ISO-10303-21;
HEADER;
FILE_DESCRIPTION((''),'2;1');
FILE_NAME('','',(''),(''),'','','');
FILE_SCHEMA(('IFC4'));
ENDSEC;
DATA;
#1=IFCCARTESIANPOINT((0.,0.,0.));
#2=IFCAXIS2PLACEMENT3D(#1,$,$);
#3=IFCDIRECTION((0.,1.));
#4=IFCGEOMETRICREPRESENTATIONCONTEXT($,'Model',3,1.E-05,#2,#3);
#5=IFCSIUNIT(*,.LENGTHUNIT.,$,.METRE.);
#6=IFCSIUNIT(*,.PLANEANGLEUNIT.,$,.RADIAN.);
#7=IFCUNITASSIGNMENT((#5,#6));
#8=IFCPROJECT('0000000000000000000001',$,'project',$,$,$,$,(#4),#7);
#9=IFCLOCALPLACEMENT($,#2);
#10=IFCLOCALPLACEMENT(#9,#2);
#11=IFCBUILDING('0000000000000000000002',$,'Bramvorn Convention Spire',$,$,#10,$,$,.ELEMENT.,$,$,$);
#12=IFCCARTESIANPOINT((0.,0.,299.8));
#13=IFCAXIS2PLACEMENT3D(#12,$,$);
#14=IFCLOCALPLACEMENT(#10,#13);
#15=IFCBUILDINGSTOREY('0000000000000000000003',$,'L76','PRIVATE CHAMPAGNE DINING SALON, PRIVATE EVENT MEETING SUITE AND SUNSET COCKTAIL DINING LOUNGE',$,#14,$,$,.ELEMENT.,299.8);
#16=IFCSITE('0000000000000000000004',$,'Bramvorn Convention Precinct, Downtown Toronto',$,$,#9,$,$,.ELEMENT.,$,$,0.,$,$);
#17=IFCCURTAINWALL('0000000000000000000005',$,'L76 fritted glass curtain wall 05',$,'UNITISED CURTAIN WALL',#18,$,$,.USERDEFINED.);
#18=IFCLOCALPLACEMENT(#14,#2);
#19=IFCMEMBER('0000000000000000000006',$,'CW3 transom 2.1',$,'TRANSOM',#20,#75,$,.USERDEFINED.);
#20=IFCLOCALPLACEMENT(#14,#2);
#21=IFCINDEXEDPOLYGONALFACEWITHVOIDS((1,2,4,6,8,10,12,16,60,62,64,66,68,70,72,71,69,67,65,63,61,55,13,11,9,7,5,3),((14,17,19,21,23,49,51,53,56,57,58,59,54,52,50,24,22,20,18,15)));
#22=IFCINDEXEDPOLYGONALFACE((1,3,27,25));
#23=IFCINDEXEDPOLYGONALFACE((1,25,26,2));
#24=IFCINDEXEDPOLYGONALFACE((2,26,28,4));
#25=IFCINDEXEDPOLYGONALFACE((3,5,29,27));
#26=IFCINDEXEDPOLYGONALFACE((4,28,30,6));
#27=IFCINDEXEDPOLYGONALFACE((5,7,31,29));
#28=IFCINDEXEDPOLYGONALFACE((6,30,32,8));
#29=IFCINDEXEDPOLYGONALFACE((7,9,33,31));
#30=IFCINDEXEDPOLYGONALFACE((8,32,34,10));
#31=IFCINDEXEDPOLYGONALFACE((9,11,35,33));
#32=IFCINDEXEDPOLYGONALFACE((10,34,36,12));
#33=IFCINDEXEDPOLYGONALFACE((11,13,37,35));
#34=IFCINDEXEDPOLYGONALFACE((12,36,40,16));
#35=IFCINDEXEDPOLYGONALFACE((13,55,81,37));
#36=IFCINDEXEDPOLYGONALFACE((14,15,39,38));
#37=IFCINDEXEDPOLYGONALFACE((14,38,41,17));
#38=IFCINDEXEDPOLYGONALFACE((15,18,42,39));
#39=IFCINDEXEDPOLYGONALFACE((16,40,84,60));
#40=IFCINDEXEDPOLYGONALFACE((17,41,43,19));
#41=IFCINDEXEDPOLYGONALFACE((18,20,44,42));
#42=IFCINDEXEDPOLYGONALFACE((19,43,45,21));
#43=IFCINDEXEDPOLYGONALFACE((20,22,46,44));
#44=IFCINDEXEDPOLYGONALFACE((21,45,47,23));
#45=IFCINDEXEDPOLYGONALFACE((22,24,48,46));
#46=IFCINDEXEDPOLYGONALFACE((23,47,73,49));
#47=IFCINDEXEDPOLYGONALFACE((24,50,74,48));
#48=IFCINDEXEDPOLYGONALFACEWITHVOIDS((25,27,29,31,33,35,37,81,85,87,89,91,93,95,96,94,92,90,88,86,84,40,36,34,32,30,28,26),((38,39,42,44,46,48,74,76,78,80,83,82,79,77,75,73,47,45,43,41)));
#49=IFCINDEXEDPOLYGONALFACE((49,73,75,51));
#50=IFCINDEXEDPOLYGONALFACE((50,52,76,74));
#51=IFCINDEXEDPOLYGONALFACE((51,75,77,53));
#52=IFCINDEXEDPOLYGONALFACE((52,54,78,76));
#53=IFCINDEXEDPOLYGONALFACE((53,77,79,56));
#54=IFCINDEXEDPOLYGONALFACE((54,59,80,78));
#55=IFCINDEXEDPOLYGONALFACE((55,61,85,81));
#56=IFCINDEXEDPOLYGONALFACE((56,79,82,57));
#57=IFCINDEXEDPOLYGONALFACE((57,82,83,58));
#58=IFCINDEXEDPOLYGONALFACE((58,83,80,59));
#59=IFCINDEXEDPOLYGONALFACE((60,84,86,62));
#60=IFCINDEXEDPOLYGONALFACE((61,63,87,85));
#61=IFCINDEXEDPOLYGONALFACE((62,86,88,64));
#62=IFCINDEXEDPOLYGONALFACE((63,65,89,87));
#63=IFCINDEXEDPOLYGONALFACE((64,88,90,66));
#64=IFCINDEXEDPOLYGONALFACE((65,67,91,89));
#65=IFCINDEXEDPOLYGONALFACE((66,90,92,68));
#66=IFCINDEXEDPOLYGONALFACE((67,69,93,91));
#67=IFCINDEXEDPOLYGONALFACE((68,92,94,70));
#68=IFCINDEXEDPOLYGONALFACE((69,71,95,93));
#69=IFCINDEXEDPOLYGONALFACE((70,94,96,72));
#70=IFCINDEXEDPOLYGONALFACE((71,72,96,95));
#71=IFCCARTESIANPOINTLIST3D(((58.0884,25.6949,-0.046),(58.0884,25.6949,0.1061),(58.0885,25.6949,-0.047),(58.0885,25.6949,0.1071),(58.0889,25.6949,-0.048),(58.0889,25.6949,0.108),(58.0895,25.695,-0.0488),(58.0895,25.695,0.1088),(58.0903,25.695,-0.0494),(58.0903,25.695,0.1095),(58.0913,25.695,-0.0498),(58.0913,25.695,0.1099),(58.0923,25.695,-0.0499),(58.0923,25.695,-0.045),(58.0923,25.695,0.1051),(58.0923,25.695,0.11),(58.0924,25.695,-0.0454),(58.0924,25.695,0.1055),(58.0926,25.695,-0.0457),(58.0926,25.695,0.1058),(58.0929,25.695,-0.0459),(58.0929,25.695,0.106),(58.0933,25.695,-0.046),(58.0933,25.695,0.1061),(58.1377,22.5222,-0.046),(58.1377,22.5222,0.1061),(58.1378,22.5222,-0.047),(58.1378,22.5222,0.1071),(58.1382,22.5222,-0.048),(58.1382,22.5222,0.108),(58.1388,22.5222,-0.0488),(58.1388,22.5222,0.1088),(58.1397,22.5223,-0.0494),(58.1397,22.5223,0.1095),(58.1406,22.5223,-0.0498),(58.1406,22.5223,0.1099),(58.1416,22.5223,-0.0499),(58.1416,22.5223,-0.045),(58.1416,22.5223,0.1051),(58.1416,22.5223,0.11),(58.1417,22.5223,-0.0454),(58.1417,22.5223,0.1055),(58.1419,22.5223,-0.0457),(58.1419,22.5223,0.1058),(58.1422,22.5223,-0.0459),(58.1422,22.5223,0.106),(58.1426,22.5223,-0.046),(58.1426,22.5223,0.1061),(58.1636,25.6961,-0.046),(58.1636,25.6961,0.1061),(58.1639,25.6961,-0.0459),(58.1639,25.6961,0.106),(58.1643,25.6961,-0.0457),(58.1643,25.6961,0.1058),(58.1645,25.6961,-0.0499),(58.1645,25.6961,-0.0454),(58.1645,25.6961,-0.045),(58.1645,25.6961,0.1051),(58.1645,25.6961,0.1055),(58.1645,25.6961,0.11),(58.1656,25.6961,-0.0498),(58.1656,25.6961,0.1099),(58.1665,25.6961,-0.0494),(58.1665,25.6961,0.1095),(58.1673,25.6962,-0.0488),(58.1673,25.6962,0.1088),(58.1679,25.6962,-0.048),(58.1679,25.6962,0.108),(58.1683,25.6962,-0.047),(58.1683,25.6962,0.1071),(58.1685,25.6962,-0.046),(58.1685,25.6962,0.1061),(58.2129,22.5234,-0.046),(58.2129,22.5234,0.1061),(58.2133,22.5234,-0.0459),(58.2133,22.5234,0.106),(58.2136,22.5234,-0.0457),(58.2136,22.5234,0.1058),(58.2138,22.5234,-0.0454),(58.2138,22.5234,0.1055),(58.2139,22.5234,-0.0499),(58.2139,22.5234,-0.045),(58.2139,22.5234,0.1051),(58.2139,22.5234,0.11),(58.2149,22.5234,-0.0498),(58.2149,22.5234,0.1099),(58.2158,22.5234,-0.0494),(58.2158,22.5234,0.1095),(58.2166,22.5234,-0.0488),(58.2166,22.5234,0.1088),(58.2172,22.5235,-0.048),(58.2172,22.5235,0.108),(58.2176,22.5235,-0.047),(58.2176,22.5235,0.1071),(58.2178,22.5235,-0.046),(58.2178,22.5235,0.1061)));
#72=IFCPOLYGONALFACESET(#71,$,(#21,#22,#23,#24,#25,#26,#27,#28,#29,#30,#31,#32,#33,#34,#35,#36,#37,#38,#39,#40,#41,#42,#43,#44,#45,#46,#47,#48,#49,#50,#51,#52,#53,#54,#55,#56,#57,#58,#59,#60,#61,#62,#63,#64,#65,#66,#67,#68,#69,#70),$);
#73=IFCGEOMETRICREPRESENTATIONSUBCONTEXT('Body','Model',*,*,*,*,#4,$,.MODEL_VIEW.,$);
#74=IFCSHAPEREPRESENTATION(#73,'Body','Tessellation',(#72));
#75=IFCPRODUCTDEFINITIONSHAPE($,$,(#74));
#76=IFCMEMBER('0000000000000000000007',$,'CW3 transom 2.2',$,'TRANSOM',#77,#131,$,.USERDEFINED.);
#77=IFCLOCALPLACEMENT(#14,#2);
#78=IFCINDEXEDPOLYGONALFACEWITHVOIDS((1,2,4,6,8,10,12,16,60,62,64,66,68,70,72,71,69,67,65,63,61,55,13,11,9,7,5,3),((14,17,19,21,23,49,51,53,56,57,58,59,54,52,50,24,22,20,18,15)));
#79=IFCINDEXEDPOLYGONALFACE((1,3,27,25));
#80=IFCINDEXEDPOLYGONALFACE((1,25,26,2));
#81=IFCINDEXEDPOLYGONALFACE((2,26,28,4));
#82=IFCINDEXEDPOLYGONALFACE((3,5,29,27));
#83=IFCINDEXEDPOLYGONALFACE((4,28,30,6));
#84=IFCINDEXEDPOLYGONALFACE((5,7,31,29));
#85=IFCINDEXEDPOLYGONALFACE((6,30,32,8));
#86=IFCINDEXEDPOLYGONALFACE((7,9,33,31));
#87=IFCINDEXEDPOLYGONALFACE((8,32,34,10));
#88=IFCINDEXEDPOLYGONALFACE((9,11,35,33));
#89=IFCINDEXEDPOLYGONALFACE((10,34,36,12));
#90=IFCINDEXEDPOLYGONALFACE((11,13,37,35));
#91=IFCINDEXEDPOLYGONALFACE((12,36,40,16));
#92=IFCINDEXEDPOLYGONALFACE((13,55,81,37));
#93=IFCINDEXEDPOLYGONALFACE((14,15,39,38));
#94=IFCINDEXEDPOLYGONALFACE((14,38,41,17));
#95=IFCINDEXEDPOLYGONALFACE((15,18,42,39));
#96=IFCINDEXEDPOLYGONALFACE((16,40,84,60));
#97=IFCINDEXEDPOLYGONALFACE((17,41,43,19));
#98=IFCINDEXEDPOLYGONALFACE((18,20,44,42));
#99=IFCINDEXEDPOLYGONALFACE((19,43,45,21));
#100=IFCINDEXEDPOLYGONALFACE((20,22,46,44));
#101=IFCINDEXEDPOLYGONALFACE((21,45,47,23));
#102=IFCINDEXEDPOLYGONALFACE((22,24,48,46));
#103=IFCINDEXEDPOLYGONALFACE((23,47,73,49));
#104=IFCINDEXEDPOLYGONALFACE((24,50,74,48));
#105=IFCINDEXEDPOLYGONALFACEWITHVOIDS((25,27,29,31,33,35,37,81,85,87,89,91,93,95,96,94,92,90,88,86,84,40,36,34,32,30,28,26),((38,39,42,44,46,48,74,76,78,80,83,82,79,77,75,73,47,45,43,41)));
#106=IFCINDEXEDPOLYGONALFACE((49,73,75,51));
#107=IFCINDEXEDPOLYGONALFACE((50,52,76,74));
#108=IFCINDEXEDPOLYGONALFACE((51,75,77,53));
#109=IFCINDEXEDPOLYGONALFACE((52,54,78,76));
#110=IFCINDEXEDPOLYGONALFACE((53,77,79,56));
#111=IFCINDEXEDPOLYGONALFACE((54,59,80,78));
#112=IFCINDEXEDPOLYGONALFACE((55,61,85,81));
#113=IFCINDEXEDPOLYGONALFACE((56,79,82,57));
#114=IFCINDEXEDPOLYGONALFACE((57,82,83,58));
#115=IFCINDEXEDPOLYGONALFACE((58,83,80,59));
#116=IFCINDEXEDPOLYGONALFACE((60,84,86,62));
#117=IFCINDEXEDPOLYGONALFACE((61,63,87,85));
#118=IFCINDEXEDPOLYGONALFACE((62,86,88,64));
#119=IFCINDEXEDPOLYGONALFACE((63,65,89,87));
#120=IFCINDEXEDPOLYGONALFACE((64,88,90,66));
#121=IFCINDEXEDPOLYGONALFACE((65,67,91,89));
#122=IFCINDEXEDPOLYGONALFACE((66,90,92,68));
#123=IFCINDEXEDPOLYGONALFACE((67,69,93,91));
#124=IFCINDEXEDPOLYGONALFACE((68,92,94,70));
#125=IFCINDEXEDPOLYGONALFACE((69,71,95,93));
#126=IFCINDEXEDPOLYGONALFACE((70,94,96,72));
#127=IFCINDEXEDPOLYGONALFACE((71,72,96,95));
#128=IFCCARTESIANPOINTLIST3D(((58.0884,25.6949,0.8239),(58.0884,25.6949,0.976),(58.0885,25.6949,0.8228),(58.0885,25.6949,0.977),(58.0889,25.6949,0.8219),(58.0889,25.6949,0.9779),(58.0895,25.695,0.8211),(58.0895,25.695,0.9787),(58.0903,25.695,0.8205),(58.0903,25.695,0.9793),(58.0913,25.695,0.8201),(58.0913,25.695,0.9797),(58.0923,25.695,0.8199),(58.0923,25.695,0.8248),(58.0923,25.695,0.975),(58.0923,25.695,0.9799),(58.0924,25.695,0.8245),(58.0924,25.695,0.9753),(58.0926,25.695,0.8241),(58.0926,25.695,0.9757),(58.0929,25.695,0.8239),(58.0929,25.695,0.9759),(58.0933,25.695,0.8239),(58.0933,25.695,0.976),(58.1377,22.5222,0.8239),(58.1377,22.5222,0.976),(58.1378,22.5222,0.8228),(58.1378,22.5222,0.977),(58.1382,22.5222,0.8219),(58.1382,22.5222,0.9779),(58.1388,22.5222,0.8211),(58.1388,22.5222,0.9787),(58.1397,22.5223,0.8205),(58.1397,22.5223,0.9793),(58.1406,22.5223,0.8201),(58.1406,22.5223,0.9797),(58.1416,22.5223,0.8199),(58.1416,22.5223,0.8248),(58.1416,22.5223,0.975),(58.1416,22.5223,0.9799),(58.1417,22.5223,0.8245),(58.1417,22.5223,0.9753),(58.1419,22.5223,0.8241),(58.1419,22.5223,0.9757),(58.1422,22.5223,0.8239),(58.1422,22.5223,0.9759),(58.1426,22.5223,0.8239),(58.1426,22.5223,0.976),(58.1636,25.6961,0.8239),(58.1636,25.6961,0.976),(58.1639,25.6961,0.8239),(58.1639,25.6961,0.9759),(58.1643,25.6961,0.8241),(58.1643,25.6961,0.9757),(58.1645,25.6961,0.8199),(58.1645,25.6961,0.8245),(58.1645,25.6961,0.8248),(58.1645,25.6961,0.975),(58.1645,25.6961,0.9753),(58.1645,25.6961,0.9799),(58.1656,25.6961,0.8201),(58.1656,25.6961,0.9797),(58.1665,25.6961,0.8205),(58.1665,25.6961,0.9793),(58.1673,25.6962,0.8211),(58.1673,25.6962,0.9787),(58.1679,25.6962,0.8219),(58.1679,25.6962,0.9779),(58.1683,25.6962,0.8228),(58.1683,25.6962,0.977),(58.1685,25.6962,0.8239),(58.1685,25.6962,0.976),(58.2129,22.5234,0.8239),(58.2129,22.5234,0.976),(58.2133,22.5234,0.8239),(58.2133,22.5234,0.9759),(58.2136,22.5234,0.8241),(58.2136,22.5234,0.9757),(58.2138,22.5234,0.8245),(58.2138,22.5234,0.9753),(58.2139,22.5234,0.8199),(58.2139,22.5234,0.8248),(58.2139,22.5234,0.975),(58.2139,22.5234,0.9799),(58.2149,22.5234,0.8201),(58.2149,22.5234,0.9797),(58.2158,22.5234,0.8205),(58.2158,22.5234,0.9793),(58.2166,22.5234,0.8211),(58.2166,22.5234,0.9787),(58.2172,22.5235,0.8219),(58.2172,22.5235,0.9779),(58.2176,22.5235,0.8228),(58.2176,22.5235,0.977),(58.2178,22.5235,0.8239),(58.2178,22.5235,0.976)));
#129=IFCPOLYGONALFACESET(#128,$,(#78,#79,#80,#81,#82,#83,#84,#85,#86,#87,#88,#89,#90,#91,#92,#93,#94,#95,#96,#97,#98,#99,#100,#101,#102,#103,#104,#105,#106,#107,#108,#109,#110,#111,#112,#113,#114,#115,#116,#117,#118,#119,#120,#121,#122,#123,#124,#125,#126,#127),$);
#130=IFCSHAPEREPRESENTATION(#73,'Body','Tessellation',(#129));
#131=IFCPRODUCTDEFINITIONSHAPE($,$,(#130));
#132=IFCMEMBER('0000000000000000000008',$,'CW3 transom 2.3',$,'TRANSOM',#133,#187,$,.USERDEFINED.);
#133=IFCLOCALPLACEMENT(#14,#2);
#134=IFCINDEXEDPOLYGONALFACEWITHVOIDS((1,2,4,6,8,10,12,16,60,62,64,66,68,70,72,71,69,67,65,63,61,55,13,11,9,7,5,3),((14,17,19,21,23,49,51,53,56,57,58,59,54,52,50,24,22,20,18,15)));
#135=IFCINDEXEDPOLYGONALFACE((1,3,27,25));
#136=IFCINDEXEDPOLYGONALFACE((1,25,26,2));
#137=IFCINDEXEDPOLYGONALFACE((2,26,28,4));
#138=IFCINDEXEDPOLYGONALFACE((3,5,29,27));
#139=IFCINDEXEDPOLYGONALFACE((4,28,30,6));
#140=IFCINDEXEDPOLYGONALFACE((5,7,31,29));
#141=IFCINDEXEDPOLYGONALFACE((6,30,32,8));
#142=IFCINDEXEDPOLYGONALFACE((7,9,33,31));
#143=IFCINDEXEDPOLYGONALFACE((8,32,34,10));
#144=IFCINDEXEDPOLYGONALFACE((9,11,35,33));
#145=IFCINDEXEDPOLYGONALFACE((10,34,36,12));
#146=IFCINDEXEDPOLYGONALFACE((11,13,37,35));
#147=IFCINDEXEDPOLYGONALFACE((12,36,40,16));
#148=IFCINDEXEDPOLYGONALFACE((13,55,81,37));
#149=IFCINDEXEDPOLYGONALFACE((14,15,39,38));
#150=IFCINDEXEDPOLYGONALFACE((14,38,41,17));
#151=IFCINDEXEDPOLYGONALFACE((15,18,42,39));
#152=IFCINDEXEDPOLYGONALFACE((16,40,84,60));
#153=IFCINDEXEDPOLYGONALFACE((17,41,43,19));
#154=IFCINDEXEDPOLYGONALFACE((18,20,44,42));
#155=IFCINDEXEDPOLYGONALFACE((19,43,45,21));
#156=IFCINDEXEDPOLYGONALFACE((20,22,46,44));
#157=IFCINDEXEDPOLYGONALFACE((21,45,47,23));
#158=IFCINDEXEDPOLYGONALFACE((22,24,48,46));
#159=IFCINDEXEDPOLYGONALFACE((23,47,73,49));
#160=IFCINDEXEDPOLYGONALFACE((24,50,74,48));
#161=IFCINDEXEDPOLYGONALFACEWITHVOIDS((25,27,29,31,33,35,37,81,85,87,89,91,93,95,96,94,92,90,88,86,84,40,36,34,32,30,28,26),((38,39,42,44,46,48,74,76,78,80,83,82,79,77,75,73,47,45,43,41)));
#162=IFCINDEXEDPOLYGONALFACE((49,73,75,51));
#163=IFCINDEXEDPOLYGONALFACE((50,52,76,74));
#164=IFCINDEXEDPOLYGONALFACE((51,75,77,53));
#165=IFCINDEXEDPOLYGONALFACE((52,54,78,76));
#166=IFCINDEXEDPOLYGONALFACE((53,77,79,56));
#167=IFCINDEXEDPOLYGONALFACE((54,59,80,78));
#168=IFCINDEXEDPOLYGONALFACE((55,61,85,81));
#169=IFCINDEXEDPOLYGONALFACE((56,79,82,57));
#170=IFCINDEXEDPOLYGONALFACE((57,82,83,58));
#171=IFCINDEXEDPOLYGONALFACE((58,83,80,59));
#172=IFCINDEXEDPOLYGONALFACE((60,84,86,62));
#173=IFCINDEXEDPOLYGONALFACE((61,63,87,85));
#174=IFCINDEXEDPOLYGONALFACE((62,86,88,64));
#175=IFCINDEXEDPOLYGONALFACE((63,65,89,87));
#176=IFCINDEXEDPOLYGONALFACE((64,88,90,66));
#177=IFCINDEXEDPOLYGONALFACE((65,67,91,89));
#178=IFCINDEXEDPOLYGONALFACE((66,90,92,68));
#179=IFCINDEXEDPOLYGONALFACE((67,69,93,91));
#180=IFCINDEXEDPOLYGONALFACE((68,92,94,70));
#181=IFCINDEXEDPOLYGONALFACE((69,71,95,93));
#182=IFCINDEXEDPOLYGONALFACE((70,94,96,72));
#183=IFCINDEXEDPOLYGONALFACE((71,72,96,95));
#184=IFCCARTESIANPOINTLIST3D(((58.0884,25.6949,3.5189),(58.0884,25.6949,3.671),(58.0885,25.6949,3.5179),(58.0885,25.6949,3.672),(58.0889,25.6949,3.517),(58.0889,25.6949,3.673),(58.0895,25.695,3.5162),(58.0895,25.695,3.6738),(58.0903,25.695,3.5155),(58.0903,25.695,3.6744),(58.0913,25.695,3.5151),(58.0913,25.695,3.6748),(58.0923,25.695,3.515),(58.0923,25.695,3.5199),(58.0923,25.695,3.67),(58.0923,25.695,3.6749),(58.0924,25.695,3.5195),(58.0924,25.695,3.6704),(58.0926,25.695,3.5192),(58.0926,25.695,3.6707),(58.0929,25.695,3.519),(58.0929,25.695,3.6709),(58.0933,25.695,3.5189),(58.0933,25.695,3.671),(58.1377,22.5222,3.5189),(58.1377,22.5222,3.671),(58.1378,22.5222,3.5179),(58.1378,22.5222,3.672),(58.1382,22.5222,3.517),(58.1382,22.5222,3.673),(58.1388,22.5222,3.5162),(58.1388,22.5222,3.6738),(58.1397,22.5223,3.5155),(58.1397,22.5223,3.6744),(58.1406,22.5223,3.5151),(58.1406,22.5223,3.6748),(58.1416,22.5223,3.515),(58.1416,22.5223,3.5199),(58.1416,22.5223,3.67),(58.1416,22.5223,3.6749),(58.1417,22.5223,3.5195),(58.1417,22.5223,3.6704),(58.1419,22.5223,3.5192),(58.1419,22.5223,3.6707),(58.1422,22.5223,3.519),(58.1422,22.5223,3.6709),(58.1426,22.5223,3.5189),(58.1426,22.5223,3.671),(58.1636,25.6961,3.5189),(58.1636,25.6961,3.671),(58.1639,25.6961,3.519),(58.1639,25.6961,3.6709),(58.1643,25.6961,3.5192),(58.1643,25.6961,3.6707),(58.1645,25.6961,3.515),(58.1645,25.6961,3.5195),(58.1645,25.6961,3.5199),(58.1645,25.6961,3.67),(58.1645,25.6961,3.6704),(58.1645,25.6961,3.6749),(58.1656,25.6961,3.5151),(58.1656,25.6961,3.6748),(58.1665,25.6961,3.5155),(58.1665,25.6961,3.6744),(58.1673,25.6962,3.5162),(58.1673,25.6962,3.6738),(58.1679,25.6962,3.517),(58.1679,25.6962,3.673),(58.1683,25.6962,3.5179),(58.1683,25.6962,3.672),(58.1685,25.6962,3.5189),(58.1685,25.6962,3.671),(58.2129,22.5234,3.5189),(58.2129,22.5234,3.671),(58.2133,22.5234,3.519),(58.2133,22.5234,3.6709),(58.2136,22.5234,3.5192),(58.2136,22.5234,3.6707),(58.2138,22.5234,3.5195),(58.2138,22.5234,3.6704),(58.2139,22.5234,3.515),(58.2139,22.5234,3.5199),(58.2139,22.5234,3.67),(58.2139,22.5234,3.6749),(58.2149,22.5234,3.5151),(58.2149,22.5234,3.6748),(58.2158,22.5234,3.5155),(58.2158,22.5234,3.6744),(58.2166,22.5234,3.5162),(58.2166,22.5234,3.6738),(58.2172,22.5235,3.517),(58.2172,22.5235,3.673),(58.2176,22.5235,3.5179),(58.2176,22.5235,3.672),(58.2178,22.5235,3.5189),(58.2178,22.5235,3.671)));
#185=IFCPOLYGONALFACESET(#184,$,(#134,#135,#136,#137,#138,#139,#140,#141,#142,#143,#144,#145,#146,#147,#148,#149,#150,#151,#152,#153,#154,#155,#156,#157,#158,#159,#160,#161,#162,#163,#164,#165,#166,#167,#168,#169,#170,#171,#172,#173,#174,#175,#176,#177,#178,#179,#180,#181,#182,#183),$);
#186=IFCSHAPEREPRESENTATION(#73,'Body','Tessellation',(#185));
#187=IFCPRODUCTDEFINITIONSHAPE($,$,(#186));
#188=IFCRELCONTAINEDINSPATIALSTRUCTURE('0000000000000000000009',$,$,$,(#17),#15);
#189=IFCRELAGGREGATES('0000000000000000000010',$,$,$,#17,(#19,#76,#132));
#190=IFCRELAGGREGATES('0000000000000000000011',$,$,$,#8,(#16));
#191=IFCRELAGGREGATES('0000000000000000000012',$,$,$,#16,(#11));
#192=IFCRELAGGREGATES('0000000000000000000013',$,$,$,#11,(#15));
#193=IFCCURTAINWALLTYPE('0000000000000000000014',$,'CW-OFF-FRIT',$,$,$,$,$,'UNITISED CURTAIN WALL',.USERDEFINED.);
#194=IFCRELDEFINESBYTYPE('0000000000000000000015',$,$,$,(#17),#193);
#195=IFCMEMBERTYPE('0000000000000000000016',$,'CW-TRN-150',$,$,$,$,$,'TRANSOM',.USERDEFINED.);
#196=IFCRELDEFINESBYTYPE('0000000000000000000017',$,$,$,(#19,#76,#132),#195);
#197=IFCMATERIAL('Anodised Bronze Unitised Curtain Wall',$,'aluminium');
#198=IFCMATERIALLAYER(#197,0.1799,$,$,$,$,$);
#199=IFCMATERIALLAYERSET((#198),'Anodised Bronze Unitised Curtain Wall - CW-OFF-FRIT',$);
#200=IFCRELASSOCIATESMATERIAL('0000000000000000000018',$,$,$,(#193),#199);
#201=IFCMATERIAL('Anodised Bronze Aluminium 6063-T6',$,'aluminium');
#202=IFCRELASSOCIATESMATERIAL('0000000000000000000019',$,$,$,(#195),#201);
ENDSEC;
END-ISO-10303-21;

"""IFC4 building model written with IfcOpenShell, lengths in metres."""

from ifc_helpers import new_model, si_unit, direction, frame, origin, origin_2d, place, context, subcontext, project, spatial, hollow_rectangle, extrude, material, layer, layer_set, material_profile, profile_set, type_object, element, aggregate, save


model = new_model("IFC4")

# Units and contexts
model_context = context("Model", 3, precision=1e-05, world=origin(), true_north=direction((0.0, 1.0)))
body_context = subcontext(model_context, "Body", "Model", "MODEL_VIEW")
ifc_project = project(units=[si_unit("LENGTHUNIT", "METRE"), si_unit("PLANEANGLEUNIT", "RADIAN")], contexts=[model_context])

# Site, building, storey
site_placement = place(None, origin())
site = spatial("IfcSite", under=ifc_project, at=site_placement, Name="Bramvorn Convention Precinct, Downtown Toronto", CompositionType="ELEMENT", RefElevation=0.0)
building_placement = place(site_placement, origin())
building = spatial("IfcBuilding", under=site, at=building_placement, Name="Bramvorn Convention Spire", CompositionType="ELEMENT")
storey_placement = place(building_placement, frame((0.0, 0.0, 299.8)))
storey = spatial("IfcBuildingStorey", under=building, at=storey_placement, Name="L76", Description="PRIVATE CHAMPAGNE DINING SALON, PRIVATE EVENT MEETING SUITE AND SUNSET COCKTAIL DINING LOUNGE", CompositionType="ELEMENT", Elevation=299.8)

# Curtain wall
ifc_material_1 = material(Name="Anodised Bronze Unitised Curtain Wall", Category="aluminium")
ifc_layer_1 = layer(ifc_material_1, 0.1799)
ifc_layer_set_1 = layer_set([ifc_layer_1], Name="Anodised Bronze Unitised Curtain Wall - CW-OFF-FRIT")
curtain_wall_type_1 = type_object("IfcCurtainWallType", Name="CW-OFF-FRIT", ElementType="UNITISED CURTAIN WALL", PredefinedType="USERDEFINED", material=ifc_layer_set_1)
curtain_wall_1_placement = place(storey_placement, origin())
curtain_wall_1 = element("IfcCurtainWall", 1, at=curtain_wall_1_placement, inside=storey, type_object=curtain_wall_type_1, Name="L76 fritted glass curtain wall 05", ObjectType="UNITISED CURTAIN WALL", PredefinedType="USERDEFINED")
ifc_material_2 = material(Name="Anodised Bronze Aluminium 6063-T6", Category="aluminium")

# Members
ifc_material_profile_1 = material_profile(ifc_material_2, hollow_rectangle(XDim=0.0801, YDim=0.1599, WallThickness=0.0039, InnerFilletRadius=0.001, OuterFilletRadius=0.0039, at=origin_2d()))
ifc_profile_set_1 = profile_set([ifc_material_profile_1], Name="Anodised Bronze Aluminium 6063-T6 - CWT80X160")
member_type_1 = type_object("IfcMemberType", Name="CW-TRN-150", ElementType="TRANSOM", PredefinedType="USERDEFINED", material=ifc_profile_set_1)
member_1_placement = place(storey_placement, frame((58.1284, 25.6956, 0.03), z_axis=(0.015543, -0.999879, 0.0), x_axis=(0.999879, 0.015543, 0.0)))
member_1 = element("IfcMember", 2, at=member_1_placement, type_object=member_type_1, Name="CW3 transom 2.1", ObjectType="TRANSOM", PredefinedType="USERDEFINED", context=body_context, shape_type="SweptSolid", body=[
    extrude(hollow_rectangle(XDim=0.0801, YDim=0.1599, WallThickness=0.0039, InnerFilletRadius=0.001, OuterFilletRadius=0.0039, at=origin_2d()), origin(), (0.0, 0.0, 1.0), 3.1731),
])
member_2_placement = place(storey_placement, frame((58.1284, 25.6956, 0.8999), z_axis=(0.015543, -0.999879, 0.0), x_axis=(0.999879, 0.015543, 0.0)))
member_2 = element("IfcMember", 3, at=member_2_placement, type_object=member_type_1, Name="CW3 transom 2.2", ObjectType="TRANSOM", PredefinedType="USERDEFINED", context=body_context, shape_type="SweptSolid", body=[
    extrude(hollow_rectangle(XDim=0.0801, YDim=0.1599, WallThickness=0.0039, InnerFilletRadius=0.001, OuterFilletRadius=0.0039, at=origin_2d()), origin(), (0.0, 0.0, 1.0), 3.1731),
])
member_3_placement = place(storey_placement, frame((58.1284, 25.6956, 3.595), z_axis=(0.015543, -0.999879, 0.0), x_axis=(0.999879, 0.015543, 0.0)))
member_3 = element("IfcMember", 4, at=member_3_placement, type_object=member_type_1, Name="CW3 transom 2.3", ObjectType="TRANSOM", PredefinedType="USERDEFINED", context=body_context, shape_type="SweptSolid", body=[
    extrude(hollow_rectangle(XDim=0.0801, YDim=0.1599, WallThickness=0.0039, InnerFilletRadius=0.001, OuterFilletRadius=0.0039, at=origin_2d()), origin(), (0.0, 0.0, 1.0), 3.1731),
])

aggregate(curtain_wall_1, [member_1, member_2, member_3])

save(model, "model.ifc")
